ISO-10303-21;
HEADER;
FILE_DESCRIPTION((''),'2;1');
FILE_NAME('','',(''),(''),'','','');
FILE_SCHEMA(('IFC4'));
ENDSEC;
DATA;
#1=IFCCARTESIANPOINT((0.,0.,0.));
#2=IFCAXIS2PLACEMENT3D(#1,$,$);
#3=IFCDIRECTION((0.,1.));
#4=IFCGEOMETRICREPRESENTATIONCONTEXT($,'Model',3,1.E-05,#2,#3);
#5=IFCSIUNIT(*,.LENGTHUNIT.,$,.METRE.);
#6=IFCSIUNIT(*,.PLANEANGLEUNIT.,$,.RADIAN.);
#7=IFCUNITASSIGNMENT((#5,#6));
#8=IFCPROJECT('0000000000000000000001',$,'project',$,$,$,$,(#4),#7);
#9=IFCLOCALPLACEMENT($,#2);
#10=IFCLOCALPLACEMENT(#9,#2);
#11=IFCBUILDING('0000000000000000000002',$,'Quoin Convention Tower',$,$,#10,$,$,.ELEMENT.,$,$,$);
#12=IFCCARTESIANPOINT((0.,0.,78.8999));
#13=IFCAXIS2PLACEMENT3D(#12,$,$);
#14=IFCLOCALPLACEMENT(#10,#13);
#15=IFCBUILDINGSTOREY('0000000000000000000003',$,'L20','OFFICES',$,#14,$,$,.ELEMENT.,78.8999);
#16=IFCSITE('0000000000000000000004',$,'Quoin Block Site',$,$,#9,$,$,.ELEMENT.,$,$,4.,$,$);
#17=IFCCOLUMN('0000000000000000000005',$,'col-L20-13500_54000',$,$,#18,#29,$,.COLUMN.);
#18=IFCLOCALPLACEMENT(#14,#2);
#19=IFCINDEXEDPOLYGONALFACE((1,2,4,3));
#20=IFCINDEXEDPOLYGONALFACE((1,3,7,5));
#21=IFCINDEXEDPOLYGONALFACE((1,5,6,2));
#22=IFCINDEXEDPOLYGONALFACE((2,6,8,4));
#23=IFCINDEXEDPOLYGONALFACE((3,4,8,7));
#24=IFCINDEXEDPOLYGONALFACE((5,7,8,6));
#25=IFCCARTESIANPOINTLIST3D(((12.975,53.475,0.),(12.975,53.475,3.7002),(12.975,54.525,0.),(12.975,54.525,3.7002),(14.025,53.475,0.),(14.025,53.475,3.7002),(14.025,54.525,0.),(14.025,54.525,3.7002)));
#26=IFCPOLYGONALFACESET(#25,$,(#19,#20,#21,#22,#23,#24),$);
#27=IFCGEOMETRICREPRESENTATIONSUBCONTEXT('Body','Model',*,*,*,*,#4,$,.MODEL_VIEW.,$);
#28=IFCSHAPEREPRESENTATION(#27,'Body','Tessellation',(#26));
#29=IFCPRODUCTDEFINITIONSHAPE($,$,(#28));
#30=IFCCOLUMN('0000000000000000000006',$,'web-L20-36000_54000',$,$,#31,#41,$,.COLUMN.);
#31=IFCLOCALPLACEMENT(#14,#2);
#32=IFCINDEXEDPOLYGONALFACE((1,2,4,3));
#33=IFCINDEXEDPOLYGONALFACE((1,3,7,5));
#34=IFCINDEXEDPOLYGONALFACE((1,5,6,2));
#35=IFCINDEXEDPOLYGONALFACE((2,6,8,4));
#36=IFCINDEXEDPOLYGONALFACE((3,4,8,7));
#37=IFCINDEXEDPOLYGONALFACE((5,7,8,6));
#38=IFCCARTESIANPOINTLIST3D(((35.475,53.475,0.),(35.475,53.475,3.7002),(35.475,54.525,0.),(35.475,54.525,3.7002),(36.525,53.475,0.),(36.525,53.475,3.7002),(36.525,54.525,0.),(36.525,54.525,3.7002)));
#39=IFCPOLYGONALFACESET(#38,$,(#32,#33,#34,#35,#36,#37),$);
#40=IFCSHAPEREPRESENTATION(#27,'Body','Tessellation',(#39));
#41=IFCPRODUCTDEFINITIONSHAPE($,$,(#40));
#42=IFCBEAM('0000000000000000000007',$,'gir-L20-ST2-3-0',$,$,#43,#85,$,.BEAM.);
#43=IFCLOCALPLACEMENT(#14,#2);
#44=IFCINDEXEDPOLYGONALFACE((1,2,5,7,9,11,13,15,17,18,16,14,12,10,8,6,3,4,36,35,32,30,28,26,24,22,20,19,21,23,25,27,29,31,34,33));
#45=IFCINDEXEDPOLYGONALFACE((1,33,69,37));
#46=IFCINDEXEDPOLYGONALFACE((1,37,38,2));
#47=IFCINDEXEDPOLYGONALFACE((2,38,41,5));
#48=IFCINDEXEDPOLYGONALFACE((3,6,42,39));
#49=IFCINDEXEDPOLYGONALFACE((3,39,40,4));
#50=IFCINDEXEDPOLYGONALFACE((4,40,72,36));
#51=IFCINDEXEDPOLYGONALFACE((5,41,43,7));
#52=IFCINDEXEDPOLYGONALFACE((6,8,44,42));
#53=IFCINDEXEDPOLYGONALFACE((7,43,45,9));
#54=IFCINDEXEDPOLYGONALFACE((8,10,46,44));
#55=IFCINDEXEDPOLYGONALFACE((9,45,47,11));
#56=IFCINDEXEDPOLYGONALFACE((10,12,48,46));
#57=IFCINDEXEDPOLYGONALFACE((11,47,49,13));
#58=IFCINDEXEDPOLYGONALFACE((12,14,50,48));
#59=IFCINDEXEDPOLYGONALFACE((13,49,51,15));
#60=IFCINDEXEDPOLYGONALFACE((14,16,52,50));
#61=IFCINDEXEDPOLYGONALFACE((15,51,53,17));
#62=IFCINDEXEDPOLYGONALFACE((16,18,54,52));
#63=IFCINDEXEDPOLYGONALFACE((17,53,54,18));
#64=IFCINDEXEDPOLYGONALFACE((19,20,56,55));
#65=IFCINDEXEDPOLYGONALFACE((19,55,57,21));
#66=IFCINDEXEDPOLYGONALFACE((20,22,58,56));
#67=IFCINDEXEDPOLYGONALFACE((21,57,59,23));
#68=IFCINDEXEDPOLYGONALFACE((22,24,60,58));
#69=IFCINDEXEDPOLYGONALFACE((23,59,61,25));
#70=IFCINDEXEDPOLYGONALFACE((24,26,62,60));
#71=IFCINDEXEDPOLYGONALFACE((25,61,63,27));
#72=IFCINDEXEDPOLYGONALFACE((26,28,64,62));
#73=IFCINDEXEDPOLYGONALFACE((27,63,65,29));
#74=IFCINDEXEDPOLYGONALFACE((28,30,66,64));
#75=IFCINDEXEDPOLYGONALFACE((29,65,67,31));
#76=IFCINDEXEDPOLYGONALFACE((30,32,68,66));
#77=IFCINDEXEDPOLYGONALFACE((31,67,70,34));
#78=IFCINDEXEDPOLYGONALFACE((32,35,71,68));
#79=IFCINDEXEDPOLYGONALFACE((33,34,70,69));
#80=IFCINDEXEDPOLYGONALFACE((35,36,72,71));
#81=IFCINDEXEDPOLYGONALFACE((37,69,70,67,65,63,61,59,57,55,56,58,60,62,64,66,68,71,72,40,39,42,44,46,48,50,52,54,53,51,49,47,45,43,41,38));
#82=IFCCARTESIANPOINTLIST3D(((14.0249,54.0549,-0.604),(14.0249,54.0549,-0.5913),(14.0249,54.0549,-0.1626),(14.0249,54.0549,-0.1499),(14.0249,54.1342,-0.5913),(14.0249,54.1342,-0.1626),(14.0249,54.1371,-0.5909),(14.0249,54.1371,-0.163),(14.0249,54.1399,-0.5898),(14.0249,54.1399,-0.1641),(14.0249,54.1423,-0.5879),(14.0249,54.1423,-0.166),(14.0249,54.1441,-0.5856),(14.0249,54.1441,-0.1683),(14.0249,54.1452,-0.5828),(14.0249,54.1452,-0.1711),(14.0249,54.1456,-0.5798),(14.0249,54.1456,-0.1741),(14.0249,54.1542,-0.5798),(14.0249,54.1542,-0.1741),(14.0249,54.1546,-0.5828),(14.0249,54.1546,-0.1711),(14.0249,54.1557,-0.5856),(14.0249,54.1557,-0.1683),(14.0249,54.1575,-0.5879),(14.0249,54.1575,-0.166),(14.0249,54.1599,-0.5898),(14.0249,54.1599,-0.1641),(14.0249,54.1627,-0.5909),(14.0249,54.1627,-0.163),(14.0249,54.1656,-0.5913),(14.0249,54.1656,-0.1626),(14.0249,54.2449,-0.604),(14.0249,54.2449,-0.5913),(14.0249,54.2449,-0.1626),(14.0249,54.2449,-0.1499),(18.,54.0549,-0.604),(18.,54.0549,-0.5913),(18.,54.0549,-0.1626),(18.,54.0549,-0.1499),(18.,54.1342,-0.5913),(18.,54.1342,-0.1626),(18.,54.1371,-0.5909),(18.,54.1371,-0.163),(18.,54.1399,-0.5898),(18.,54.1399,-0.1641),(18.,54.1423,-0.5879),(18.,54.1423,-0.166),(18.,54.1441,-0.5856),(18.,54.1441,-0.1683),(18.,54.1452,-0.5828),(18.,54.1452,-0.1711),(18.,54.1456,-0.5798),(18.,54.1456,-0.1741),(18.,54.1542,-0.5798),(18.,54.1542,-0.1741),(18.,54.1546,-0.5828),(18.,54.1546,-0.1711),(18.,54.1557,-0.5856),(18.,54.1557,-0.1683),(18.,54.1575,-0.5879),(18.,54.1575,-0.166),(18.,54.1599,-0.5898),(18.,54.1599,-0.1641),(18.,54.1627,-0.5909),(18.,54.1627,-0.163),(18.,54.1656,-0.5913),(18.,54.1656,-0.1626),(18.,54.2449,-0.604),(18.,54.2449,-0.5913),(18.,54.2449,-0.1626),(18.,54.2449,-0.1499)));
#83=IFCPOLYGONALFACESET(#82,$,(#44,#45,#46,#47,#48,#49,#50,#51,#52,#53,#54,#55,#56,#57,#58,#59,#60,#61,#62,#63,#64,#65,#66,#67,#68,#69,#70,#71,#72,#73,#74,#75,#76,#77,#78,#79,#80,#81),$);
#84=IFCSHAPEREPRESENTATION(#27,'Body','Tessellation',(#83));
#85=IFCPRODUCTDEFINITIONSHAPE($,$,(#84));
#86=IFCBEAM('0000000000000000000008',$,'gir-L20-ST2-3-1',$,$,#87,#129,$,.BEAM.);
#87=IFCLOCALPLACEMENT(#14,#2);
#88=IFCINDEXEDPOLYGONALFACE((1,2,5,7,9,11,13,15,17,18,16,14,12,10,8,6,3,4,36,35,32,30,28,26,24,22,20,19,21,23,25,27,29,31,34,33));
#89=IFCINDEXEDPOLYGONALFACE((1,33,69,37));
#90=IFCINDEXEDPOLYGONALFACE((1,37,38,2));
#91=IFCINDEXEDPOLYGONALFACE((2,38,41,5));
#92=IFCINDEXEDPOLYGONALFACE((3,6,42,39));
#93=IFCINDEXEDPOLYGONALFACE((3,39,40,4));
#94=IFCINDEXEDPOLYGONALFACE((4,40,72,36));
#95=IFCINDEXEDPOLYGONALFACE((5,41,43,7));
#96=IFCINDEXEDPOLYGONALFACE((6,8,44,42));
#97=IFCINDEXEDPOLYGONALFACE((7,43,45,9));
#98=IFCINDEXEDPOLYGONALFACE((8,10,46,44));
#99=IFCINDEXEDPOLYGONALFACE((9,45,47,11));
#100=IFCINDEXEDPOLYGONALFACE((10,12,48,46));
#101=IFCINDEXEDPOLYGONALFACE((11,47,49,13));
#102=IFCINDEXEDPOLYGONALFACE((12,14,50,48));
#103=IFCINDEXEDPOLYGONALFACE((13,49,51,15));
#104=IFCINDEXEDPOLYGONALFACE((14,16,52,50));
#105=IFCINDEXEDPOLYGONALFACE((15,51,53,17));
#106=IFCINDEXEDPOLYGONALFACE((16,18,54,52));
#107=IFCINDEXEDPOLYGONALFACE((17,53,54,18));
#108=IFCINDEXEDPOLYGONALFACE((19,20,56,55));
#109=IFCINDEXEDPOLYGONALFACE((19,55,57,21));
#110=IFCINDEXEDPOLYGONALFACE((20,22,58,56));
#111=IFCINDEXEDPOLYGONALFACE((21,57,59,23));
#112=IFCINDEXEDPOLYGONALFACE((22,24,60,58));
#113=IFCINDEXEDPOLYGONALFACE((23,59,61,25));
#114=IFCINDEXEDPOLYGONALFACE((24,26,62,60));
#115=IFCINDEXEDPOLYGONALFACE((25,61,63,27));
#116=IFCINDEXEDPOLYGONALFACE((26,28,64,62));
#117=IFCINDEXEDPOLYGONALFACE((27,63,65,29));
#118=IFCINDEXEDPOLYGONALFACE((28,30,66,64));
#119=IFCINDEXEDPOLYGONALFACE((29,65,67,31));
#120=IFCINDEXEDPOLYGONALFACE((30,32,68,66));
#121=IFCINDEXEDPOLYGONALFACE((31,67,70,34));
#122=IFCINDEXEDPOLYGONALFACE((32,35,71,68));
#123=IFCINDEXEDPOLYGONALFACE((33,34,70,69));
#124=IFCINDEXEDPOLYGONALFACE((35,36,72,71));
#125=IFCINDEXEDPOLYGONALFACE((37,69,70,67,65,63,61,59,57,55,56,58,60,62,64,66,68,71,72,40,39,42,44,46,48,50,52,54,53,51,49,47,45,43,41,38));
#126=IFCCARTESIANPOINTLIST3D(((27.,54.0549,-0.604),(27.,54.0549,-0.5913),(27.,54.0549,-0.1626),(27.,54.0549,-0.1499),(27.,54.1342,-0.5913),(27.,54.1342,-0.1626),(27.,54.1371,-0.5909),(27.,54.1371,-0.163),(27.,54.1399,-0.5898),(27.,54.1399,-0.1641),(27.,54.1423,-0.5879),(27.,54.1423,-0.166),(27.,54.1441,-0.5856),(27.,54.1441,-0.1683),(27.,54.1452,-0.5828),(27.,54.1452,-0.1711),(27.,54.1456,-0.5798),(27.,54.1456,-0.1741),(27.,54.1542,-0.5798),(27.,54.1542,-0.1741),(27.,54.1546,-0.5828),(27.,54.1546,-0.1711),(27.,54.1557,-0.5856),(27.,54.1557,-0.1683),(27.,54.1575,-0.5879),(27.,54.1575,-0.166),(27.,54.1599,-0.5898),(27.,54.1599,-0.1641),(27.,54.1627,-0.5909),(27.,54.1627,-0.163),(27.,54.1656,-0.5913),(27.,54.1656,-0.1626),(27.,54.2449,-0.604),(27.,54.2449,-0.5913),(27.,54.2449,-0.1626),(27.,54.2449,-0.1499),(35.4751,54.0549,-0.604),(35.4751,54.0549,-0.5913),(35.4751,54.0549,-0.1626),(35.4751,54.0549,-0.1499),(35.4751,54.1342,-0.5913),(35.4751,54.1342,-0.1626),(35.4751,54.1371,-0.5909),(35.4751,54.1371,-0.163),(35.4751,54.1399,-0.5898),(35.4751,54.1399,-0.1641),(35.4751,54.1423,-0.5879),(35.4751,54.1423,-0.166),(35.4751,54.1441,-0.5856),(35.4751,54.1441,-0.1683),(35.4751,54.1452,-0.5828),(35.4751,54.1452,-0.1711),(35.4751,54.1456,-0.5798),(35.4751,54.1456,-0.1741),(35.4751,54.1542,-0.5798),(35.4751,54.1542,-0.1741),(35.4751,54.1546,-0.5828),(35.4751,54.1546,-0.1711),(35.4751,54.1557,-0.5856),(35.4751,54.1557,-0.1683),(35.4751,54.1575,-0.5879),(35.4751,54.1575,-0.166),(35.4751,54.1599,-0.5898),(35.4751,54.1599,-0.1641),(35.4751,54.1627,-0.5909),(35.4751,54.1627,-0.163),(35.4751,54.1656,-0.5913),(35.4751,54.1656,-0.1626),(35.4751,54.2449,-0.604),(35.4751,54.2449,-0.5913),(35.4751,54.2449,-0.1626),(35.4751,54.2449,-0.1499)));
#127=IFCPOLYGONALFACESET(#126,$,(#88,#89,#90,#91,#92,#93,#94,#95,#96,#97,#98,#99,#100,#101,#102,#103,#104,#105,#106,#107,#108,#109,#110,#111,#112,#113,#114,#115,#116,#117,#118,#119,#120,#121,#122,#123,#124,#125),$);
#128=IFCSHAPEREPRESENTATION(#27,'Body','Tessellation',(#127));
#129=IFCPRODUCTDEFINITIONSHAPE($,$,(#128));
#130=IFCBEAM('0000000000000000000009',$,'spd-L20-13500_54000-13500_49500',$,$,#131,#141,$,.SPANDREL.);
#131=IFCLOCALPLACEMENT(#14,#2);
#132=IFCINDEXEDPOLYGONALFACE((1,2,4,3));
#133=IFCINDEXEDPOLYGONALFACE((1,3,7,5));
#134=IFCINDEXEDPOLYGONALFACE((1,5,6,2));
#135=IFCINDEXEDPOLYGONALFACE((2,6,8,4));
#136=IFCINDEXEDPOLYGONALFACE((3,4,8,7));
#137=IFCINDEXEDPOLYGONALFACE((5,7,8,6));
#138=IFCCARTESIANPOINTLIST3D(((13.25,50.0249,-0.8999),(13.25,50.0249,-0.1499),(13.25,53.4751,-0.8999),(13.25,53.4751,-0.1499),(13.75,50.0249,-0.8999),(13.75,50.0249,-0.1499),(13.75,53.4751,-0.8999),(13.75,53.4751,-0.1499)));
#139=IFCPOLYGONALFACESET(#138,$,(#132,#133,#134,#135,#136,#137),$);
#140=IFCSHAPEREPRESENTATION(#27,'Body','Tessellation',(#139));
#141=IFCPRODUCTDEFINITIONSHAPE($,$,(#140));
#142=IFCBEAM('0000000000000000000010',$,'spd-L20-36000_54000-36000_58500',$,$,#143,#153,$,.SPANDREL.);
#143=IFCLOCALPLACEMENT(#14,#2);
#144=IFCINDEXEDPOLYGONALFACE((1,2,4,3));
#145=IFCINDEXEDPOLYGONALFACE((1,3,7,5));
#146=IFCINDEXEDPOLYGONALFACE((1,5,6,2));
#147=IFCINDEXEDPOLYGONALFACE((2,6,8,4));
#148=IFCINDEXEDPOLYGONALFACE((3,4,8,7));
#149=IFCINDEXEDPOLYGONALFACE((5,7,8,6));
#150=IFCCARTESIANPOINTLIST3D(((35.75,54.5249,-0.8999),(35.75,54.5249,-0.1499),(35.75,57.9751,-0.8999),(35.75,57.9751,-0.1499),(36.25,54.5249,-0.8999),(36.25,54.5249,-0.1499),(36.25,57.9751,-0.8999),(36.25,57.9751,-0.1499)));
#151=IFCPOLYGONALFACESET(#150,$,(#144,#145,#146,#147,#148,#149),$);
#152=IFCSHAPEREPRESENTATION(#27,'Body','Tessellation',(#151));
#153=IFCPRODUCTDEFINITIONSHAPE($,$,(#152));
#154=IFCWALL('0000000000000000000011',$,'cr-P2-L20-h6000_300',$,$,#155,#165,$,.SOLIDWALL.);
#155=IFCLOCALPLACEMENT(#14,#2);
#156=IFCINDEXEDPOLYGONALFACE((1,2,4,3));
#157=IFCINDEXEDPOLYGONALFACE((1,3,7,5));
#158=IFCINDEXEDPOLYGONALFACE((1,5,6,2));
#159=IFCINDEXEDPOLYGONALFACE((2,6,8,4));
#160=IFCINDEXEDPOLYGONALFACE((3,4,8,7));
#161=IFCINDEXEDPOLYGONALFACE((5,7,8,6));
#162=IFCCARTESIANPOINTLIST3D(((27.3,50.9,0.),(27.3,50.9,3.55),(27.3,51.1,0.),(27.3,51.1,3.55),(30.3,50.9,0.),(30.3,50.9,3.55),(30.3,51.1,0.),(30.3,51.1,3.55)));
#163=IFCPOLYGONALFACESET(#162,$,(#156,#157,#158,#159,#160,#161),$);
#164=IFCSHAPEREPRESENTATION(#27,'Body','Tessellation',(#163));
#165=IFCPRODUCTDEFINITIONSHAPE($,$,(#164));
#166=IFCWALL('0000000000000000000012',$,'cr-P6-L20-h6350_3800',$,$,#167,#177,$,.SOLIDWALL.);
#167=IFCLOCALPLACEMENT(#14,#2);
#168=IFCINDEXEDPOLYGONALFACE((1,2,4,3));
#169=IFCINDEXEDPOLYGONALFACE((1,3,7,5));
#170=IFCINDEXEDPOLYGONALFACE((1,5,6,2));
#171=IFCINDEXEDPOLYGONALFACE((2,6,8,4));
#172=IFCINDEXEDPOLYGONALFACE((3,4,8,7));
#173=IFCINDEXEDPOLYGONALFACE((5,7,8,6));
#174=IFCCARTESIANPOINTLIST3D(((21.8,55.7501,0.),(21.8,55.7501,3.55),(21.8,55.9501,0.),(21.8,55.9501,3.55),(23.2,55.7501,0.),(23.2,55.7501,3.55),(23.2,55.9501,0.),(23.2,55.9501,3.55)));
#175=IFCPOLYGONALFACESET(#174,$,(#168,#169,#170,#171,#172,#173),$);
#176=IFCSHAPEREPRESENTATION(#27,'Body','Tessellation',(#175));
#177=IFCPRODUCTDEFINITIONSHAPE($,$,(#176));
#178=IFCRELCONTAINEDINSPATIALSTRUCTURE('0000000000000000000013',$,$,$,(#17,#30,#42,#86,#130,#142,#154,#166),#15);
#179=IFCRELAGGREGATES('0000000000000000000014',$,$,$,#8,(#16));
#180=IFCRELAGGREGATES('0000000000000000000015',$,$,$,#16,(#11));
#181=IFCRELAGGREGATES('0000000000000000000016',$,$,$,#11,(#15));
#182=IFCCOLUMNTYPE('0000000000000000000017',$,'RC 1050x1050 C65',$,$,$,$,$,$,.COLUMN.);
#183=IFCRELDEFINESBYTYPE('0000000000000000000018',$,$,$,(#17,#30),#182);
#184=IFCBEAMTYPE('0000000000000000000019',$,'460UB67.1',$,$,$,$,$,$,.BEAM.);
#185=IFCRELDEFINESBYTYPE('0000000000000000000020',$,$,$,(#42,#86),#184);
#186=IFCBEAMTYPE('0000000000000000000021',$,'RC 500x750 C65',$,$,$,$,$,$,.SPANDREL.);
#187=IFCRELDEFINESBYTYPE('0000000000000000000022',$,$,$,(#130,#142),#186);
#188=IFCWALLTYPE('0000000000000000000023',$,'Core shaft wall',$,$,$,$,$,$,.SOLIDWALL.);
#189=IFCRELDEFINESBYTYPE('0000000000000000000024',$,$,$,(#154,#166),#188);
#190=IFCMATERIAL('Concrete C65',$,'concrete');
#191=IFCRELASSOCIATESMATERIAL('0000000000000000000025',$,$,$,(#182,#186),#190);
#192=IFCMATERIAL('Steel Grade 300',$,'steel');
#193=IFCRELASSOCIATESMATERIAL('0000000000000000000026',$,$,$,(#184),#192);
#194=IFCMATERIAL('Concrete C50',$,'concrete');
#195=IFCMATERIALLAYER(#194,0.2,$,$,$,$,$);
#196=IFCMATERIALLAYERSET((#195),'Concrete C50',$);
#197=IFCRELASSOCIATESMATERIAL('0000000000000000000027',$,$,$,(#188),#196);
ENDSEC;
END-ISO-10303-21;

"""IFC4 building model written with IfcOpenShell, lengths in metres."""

from ifc_helpers import new_model, si_unit, direction, frame, frame_2d, origin, origin_2d, place, context, subcontext, project, spatial, rectangle, i_section, extrude, material, layer, layer_set, material_profile, profile_set, type_object, element, save


model = new_model("IFC4")

# Units and contexts
model_context = context("Model", 3, precision=1e-05, world=origin(), true_north=direction((0.0, 1.0)))
body_context = subcontext(model_context, "Body", "Model", "MODEL_VIEW")
ifc_project = project(units=[si_unit("LENGTHUNIT", "METRE"), si_unit("PLANEANGLEUNIT", "RADIAN")], contexts=[model_context])

# Site, building, storey
site_placement = place(None, origin())
site = spatial("IfcSite", under=ifc_project, at=site_placement, Name="Quoin Block Site", CompositionType="ELEMENT", RefElevation=4.0)
building_placement = place(site_placement, origin())
building = spatial("IfcBuilding", under=site, at=building_placement, Name="Quoin Convention Tower", CompositionType="ELEMENT")
storey_placement = place(building_placement, frame((0.0, 0.0, 78.8999)))
storey = spatial("IfcBuildingStorey", under=building, at=storey_placement, Name="L20", Description="OFFICES", CompositionType="ELEMENT", Elevation=78.8999)

# Columns
ifc_material_1 = material(Name="Concrete C65", Category="concrete")
ifc_material_profile_1 = material_profile(ifc_material_1, rectangle(XDim=1.05, YDim=1.05, at=origin_2d()), Name="RC 1050x1050")
ifc_profile_set_1 = profile_set([ifc_material_profile_1], Name="Concrete C65")
column_type = type_object("IfcColumnType", Name="RC 1050x1050 C65", PredefinedType="COLUMN", material=ifc_profile_set_1)
for number, where, z_axis, x_axis, name in (
    (1, (13.5, 54.0, 0.0), (0.0, 0.0, 1.0), (1.0, 0.0, 0.0), "col-L20-13500_54000"),
    (2, (36.0, 54.0, 0.0), (0.0, 0.0, 1.0), (1.0, 0.0, 0.0), "web-L20-36000_54000"),
):
    element("IfcColumn", number, at=place(storey_placement, frame(where, z_axis=z_axis, x_axis=x_axis)), inside=storey, type_object=column_type, Name=name, PredefinedType="COLUMN", context=body_context, shape_type="SweptSolid", body=[
        extrude(rectangle(XDim=1.05, YDim=1.05, at=origin_2d()), origin(), (0.0, 0.0, 1.0), 3.7002),
    ])

# Beams
ifc_material_2 = material(Name="Steel Grade 300", Category="steel")
ifc_material_profile_2 = material_profile(ifc_material_2, i_section(OverallWidth=0.1899, OverallDepth=0.4541, WebThickness=0.0085, FlangeThickness=0.0127, FilletRadius=0.0115, at=origin_2d()), Name="460UB67.1")
ifc_profile_set_2 = profile_set([ifc_material_profile_2], Name="Steel Grade 300")
beam_type_1 = type_object("IfcBeamType", Name="460UB67.1", PredefinedType="BEAM", material=ifc_profile_set_2)
beam_1_placement = place(storey_placement, frame((14.0249, 54.1499, -0.377), z_axis=(1.0, 0.0, 0.0), x_axis=(0.0, 1.0, 0.0)))
element("IfcBeam", 3, at=beam_1_placement, inside=storey, type_object=beam_type_1, Name="gir-L20-ST2-3-0", PredefinedType="BEAM", context=body_context, shape_type="SweptSolid", body=[
    extrude(i_section(OverallWidth=0.1899, OverallDepth=0.4541, WebThickness=0.0085, FlangeThickness=0.0127, FilletRadius=0.0115, at=origin_2d()), origin(), (0.0, 0.0, 1.0), 3.9751),
])
beam_2_placement = place(storey_placement, frame((27.0, 54.1499, -0.377), z_axis=(1.0, 0.0, 0.0), x_axis=(0.0, 1.0, 0.0)))
element("IfcBeam", 4, at=beam_2_placement, inside=storey, type_object=beam_type_1, Name="gir-L20-ST2-3-1", PredefinedType="BEAM", context=body_context, shape_type="SweptSolid", body=[
    extrude(i_section(OverallWidth=0.1899, OverallDepth=0.4541, WebThickness=0.0085, FlangeThickness=0.0127, FilletRadius=0.0115, at=origin_2d()), origin(), (0.0, 0.0, 1.0), 8.4751),
])
ifc_material_profile_3 = material_profile(ifc_material_1, rectangle(XDim=0.5, YDim=0.75, at=origin_2d()), Name="RC 500x750")
ifc_profile_set_3 = profile_set([ifc_material_profile_3], Name="Concrete C65")
beam_type_2 = type_object("IfcBeamType", Name="RC 500x750 C65", PredefinedType="SPANDREL", material=ifc_profile_set_3)
for number, where, z_axis, x_axis, name in (
    (5, (13.5, 53.4751, -0.5249), (0.0, -1.0, 0.0), (1.0, 0.0, 0.0), "spd-L20-13500_54000-13500_49500"),
    (6, (36.0, 54.5249, -0.5249), (0.0, 1.0, 0.0), (-1.0, 0.0, 0.0), "spd-L20-36000_54000-36000_58500"),
):
    element("IfcBeam", number, at=place(storey_placement, frame(where, z_axis=z_axis, x_axis=x_axis)), inside=storey, type_object=beam_type_2, Name=name, PredefinedType="SPANDREL", context=body_context, shape_type="SweptSolid", body=[
        extrude(rectangle(XDim=0.5, YDim=0.75, at=origin_2d()), origin(), (0.0, 0.0, 1.0), 3.4502),
    ])

# Walls
ifc_material_3 = material(Name="Concrete C50", Category="concrete")
ifc_layer_1 = layer(ifc_material_3, 0.2)
ifc_layer_set_1 = layer_set([ifc_layer_1], Name="Concrete C50")
wall_type_1 = type_object("IfcWallType", Name="Core shaft wall", PredefinedType="SOLIDWALL", material=ifc_layer_set_1)
wall_1_placement = place(storey_placement, frame((27.3, 51.0, 0.0), z_axis=(0.0, 0.0, 1.0), x_axis=(1.0, 0.0, 0.0)))
element("IfcWall", 7, at=wall_1_placement, inside=storey, type_object=wall_type_1, Name="cr-P2-L20-h6000_300", PredefinedType="SOLIDWALL", context=body_context, shape_type="SweptSolid", body=[
    extrude(rectangle(XDim=3.0, YDim=0.2, at=frame_2d((1.5, 0.0))), origin(), (0.0, 0.0, 1.0), 3.55),
])
wall_2_placement = place(storey_placement, frame((21.8, 55.8501, 0.0), z_axis=(0.0, 0.0, 1.0), x_axis=(1.0, 0.0, 0.0)))
element("IfcWall", 8, at=wall_2_placement, inside=storey, type_object=wall_type_1, Name="cr-P6-L20-h6350_3800", PredefinedType="SOLIDWALL", context=body_context, shape_type="SweptSolid", body=[
    extrude(rectangle(XDim=1.3999, YDim=0.2, at=frame_2d((0.7, 0.0))), origin(), (0.0, 0.0, 1.0), 3.55),
])

save(model, "model.ifc")
